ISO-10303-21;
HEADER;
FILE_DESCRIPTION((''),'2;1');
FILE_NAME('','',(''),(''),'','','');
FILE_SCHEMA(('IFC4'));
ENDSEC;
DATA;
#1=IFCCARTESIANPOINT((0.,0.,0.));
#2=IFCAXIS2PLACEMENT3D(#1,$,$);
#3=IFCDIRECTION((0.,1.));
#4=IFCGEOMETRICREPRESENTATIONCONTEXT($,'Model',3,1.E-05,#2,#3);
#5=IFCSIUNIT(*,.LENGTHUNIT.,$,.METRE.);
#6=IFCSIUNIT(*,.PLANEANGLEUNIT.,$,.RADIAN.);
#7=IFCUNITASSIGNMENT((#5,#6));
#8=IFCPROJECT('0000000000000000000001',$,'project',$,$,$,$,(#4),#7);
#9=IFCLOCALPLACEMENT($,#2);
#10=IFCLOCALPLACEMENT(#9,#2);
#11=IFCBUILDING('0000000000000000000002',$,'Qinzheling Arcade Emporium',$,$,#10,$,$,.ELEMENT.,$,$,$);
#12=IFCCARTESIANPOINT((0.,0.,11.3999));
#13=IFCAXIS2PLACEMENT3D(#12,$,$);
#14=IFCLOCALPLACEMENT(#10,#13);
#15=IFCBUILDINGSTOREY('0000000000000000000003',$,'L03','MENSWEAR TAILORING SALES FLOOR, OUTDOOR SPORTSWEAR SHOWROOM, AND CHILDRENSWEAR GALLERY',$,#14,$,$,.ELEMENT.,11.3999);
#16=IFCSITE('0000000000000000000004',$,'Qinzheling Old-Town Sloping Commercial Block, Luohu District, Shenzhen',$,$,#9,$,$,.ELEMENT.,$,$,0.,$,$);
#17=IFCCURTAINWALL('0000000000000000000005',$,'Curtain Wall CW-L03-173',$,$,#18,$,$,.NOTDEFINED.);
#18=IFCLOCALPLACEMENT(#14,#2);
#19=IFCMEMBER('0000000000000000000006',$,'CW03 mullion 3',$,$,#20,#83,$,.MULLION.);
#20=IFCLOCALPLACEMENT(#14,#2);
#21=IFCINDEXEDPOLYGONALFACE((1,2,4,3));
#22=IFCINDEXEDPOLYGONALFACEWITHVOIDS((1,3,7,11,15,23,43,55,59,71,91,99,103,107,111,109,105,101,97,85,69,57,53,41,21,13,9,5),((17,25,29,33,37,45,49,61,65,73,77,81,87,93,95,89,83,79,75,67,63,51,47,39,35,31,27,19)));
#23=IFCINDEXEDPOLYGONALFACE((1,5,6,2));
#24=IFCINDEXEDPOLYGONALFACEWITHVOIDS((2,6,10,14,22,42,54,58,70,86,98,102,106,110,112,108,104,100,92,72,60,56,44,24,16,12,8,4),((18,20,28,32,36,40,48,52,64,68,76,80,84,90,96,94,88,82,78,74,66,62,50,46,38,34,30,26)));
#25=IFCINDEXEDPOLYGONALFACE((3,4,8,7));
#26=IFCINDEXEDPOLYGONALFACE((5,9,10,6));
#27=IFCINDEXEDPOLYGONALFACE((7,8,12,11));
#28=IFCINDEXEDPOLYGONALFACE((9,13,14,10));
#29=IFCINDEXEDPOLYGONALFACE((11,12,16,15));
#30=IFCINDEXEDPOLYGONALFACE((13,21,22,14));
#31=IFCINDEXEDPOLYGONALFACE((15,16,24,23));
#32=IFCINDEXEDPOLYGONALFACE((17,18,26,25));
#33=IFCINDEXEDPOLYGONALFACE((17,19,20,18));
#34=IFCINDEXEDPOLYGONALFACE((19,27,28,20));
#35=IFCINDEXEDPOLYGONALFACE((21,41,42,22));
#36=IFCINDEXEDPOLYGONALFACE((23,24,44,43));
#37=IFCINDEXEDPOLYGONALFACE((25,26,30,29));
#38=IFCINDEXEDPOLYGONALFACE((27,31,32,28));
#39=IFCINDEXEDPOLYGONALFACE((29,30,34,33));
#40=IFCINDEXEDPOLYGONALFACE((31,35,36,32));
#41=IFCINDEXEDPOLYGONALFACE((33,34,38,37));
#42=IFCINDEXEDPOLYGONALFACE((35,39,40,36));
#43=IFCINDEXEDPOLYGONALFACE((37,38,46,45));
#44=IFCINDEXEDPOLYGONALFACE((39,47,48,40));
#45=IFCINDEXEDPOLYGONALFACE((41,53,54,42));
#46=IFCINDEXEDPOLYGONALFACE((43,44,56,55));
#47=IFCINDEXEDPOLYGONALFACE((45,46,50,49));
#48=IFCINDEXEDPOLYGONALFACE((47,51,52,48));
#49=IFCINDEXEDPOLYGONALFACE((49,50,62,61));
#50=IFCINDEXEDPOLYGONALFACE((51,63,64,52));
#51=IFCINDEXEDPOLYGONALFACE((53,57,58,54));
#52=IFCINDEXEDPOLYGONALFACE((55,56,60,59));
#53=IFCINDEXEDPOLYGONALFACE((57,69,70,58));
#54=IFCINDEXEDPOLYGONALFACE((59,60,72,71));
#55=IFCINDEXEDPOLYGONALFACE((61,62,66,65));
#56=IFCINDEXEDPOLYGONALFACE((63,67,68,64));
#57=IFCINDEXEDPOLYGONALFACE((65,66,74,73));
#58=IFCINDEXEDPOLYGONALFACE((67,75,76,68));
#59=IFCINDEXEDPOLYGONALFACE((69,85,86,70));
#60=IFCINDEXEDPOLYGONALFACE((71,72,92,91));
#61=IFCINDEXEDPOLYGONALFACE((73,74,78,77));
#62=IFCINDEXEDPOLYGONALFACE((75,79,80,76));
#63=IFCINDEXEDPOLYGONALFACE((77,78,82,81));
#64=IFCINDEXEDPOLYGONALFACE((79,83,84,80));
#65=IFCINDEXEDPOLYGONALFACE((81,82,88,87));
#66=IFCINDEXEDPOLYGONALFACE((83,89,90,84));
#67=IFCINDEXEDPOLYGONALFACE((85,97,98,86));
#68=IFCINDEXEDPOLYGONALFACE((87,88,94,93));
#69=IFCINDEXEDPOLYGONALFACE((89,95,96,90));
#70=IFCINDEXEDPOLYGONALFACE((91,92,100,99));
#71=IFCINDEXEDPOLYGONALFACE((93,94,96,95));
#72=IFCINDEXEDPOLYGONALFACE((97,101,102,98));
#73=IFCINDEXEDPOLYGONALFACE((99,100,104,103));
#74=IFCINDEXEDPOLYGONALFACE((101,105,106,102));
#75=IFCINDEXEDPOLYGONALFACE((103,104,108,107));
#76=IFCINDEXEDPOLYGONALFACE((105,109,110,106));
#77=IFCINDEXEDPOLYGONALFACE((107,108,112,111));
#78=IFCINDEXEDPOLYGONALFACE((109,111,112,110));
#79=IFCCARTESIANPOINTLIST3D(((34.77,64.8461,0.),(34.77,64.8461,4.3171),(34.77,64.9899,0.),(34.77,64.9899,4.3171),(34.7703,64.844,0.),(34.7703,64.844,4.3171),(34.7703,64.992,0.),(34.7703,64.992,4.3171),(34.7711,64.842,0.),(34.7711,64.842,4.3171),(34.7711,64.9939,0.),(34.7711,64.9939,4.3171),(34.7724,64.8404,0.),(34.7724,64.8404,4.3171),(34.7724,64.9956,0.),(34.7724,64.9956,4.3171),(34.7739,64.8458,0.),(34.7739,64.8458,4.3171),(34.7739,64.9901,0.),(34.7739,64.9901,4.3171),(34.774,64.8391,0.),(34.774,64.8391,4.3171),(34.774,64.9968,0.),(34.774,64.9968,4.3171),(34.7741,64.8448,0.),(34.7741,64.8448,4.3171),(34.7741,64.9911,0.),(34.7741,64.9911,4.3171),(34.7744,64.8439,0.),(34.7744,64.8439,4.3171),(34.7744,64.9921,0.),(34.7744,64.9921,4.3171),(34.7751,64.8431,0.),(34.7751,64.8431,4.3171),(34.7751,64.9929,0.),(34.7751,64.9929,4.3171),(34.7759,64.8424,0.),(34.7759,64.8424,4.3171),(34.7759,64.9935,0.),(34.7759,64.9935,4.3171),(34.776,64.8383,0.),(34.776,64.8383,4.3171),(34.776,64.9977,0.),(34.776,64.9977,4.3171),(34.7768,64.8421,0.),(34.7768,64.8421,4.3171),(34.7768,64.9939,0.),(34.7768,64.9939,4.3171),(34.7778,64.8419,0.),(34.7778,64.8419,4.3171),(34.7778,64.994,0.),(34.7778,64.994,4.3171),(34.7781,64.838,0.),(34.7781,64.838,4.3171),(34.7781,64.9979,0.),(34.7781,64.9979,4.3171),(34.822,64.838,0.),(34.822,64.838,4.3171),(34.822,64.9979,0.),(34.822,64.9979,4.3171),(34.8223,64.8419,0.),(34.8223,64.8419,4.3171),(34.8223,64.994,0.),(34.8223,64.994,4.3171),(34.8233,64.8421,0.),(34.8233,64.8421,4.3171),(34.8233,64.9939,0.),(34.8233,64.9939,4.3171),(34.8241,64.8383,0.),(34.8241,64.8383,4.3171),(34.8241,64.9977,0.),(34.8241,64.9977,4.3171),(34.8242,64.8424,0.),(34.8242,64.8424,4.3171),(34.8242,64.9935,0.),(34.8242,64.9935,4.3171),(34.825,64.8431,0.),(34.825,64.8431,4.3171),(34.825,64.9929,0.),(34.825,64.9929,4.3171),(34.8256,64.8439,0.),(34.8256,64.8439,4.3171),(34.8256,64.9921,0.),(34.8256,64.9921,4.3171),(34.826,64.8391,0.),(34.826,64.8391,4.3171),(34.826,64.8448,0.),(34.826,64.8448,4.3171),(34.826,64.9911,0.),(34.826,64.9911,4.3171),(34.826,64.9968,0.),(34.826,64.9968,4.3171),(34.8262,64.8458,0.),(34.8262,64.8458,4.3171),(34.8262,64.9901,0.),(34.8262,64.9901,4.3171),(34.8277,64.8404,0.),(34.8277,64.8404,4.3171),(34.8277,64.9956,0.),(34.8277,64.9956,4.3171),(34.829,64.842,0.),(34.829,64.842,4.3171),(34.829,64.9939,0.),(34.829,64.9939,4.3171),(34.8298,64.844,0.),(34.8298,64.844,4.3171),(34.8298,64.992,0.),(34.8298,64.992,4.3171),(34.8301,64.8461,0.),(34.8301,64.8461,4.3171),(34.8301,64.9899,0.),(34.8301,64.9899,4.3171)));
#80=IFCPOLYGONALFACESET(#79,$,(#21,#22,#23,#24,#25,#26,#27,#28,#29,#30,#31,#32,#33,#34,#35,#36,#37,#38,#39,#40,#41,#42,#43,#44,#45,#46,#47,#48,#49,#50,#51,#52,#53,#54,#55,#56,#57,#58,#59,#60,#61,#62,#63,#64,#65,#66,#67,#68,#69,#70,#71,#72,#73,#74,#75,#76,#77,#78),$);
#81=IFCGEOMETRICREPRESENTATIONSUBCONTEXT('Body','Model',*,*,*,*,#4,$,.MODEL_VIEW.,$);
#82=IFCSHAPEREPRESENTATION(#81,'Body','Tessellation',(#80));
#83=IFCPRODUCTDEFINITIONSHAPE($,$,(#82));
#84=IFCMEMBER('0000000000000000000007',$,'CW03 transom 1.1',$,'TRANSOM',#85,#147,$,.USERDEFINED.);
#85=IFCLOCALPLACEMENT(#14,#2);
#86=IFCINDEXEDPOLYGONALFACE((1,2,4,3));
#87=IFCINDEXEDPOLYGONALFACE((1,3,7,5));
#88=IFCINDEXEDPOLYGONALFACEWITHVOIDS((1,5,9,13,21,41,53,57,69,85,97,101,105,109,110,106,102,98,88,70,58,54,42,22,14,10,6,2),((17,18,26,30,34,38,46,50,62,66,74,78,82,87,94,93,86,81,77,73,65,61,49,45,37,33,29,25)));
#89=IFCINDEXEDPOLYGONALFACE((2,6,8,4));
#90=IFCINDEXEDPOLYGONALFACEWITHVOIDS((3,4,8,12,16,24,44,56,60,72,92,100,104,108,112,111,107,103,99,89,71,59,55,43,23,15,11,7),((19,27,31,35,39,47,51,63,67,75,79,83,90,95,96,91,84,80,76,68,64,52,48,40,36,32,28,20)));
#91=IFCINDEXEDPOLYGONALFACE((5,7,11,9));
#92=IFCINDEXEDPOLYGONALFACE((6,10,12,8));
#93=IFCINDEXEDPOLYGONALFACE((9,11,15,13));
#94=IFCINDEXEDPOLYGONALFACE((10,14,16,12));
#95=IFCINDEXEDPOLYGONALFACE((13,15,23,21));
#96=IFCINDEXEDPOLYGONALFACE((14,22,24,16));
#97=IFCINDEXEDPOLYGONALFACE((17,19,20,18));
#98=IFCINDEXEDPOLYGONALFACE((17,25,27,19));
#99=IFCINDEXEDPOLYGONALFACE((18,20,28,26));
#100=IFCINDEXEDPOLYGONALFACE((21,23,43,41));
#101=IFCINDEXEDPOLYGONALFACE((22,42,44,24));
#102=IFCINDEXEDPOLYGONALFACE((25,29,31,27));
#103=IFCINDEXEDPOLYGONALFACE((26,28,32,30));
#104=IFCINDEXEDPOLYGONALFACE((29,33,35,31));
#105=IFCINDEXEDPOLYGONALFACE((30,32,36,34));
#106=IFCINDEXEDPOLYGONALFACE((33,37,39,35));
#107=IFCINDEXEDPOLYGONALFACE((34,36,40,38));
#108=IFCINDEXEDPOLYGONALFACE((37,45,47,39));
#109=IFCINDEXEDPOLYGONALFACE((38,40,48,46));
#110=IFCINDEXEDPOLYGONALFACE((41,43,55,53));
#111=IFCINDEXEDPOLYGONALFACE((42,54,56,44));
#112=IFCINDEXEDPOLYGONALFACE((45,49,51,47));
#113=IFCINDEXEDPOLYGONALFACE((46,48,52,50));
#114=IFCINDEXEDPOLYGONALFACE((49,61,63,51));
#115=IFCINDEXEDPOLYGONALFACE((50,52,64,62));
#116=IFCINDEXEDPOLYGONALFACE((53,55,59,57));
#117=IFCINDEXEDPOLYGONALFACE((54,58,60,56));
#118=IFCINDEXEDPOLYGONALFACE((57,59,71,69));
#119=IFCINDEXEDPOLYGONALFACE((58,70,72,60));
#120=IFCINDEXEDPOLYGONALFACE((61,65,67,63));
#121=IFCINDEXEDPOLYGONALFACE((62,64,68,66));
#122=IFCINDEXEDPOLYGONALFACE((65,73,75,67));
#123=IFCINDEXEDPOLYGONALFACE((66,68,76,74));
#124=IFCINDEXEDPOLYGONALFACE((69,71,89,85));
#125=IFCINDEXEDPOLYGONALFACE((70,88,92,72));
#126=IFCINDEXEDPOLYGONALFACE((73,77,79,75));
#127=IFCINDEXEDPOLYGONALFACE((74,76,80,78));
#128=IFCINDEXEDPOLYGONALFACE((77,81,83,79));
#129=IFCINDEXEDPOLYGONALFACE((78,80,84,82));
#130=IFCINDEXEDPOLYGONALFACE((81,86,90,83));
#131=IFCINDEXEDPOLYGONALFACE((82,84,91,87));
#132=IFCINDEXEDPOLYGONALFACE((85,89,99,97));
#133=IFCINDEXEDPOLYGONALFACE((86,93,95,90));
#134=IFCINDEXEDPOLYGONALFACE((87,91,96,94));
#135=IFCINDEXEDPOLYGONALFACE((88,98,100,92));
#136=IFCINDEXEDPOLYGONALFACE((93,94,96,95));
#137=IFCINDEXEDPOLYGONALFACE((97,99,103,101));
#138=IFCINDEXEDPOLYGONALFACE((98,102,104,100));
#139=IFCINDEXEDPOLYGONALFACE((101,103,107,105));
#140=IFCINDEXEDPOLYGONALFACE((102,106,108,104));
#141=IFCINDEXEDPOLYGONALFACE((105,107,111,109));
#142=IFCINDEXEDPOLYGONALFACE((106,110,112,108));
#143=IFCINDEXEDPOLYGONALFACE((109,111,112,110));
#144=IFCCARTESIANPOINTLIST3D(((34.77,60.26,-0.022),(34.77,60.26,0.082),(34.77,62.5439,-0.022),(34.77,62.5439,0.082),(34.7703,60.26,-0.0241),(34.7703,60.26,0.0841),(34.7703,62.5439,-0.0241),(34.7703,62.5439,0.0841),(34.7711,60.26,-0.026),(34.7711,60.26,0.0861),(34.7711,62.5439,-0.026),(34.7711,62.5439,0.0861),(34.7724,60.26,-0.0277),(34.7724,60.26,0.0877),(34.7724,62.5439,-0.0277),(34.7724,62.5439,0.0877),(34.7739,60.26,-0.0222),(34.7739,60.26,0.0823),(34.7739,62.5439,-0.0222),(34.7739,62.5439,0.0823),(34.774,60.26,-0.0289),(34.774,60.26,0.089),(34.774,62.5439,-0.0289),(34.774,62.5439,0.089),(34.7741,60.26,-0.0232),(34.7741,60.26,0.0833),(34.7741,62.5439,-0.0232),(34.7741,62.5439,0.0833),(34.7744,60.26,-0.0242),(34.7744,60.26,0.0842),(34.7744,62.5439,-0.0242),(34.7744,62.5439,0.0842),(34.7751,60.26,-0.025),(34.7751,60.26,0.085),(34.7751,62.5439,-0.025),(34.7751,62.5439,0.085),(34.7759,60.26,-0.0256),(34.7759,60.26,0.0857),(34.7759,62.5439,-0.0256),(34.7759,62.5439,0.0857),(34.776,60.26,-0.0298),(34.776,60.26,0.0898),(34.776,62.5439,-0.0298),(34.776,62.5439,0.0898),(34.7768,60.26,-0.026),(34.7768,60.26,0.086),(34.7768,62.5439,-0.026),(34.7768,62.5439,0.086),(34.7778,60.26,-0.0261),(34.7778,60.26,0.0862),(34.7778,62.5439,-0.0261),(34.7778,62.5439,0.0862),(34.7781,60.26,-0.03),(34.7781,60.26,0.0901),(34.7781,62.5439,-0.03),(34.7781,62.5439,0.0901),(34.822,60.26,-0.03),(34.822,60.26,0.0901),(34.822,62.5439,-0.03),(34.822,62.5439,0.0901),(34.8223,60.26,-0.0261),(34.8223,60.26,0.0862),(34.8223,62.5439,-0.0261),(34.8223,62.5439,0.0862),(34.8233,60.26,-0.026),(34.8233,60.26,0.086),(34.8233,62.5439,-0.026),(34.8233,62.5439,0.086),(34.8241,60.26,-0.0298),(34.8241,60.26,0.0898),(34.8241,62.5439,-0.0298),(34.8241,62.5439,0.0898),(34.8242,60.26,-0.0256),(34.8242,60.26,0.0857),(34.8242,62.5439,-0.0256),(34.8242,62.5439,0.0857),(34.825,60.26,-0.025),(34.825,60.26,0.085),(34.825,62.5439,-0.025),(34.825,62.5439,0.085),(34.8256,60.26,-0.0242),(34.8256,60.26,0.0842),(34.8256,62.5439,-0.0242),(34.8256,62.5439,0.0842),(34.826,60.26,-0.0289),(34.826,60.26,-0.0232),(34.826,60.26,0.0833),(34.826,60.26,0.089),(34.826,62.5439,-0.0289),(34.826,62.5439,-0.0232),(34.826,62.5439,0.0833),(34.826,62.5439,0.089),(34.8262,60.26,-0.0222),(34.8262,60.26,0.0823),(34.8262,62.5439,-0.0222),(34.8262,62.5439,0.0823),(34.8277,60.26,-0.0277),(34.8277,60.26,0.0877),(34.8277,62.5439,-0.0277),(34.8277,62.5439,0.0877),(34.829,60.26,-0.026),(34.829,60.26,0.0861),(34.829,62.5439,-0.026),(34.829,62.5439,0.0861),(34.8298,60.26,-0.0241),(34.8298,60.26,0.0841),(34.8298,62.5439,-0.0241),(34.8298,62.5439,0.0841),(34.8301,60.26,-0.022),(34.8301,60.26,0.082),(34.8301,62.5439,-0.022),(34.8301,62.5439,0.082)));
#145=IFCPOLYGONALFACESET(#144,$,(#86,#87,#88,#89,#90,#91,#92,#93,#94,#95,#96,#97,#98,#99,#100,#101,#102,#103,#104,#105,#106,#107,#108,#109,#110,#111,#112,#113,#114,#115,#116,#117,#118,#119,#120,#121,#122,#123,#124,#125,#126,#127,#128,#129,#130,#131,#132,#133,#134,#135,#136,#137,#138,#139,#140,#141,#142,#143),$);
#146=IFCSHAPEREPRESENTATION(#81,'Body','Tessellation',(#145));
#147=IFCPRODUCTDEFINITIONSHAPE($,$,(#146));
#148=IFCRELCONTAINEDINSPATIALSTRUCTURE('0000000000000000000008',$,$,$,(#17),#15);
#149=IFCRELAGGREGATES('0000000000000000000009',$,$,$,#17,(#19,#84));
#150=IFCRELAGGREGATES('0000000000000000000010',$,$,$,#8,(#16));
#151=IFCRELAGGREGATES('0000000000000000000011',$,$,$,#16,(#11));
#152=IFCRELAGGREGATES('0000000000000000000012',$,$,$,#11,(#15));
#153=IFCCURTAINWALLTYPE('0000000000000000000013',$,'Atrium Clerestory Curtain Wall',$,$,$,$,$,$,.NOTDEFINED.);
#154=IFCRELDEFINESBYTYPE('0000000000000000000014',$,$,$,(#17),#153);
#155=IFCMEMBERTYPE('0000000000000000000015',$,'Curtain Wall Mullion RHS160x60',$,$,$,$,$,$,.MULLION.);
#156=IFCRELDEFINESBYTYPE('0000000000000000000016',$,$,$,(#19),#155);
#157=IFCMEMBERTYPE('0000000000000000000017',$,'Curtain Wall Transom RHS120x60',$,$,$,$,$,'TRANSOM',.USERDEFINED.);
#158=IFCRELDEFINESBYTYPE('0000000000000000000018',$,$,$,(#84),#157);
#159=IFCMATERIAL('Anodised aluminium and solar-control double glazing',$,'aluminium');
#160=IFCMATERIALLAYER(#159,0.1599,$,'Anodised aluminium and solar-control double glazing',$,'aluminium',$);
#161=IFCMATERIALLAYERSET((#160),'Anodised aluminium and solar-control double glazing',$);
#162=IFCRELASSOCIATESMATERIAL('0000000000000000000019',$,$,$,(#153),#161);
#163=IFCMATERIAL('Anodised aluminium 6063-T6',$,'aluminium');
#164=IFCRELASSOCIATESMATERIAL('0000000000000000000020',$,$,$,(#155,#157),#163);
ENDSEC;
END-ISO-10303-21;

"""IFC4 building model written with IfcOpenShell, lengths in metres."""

from ifc_helpers import new_model, si_unit, direction, frame, origin, origin_2d, place, context, subcontext, project, spatial, hollow_rectangle, extrude, material, layer, layer_set, material_profile, profile_set, type_object, element, aggregate, save


model = new_model("IFC4")

# Units and contexts
model_context = context("Model", 3, precision=1e-05, world=origin(), true_north=direction((0.0, 1.0)))
body_context = subcontext(model_context, "Body", "Model", "MODEL_VIEW")
ifc_project = project(units=[si_unit("LENGTHUNIT", "METRE"), si_unit("PLANEANGLEUNIT", "RADIAN")], contexts=[model_context])

# Site, building, storey
site_placement = place(None, origin())
site = spatial("IfcSite", under=ifc_project, at=site_placement, Name="Qinzheling Old-Town Sloping Commercial Block, Luohu District, Shenzhen", CompositionType="ELEMENT", RefElevation=0.0)
building_placement = place(site_placement, origin())
building = spatial("IfcBuilding", under=site, at=building_placement, Name="Qinzheling Arcade Emporium", CompositionType="ELEMENT")
storey_placement = place(building_placement, frame((0.0, 0.0, 11.3999)))
storey = spatial("IfcBuildingStorey", under=building, at=storey_placement, Name="L03", Description="MENSWEAR TAILORING SALES FLOOR, OUTDOOR SPORTSWEAR SHOWROOM, AND CHILDRENSWEAR GALLERY", CompositionType="ELEMENT", Elevation=11.3999)

# Curtain wall, members
ifc_material_1 = material(Name="Anodised aluminium and solar-control double glazing", Category="aluminium")
ifc_layer_1 = layer(ifc_material_1, 0.1599, Name="Anodised aluminium and solar-control double glazing", Category="aluminium")
ifc_layer_set_1 = layer_set([ifc_layer_1], Name="Anodised aluminium and solar-control double glazing")
curtain_wall_type = type_object("IfcCurtainWallType", Name="Atrium Clerestory Curtain Wall", PredefinedType="NOTDEFINED", material=ifc_layer_set_1)
curtain_wall_placement = place(storey_placement, origin())
curtain_wall = element("IfcCurtainWall", 1, at=curtain_wall_placement, inside=storey, type_object=curtain_wall_type, Name="Curtain Wall CW-L03-173", PredefinedType="NOTDEFINED")
ifc_material_2 = material(Name="Anodised aluminium 6063-T6", Category="aluminium")
ifc_material_profile_1 = material_profile(ifc_material_2, hollow_rectangle(XDim=0.0601, YDim=0.1599, WallThickness=0.0039, InnerFilletRadius=0.0039, OuterFilletRadius=0.0081, at=origin_2d()), Name="RHS 160x60x4", Category="aluminium")
ifc_profile_set_1 = profile_set([ifc_material_profile_1], Name="Anodised aluminium 6063-T6")
member_type_1 = type_object("IfcMemberType", Name="Curtain Wall Mullion RHS160x60", PredefinedType="MULLION", material=ifc_profile_set_1)
member_1_placement = place(storey_placement, frame((34.8, 64.918, 0.0), z_axis=(0.0, 0.0, 1.0), x_axis=(-1.0, 0.0, 0.0)))
member_1 = element("IfcMember", 2, at=member_1_placement, type_object=member_type_1, Name="CW03 mullion 3", PredefinedType="MULLION", context=body_context, shape_type="SweptSolid", body=[
    extrude(hollow_rectangle(XDim=0.0601, YDim=0.1599, WallThickness=0.0039, InnerFilletRadius=0.0039, OuterFilletRadius=0.0081, at=origin_2d()), origin(), (0.0, 0.0, 1.0), 4.3171),
])
ifc_material_profile_2 = material_profile(ifc_material_2, hollow_rectangle(XDim=0.0601, YDim=0.1201, WallThickness=0.0039, InnerFilletRadius=0.0039, OuterFilletRadius=0.0081, at=origin_2d()), Name="RHS 120x60x4", Category="aluminium")
ifc_profile_set_2 = profile_set([ifc_material_profile_2], Name="Anodised aluminium 6063-T6")
member_type_2 = type_object("IfcMemberType", Name="Curtain Wall Transom RHS120x60", ElementType="TRANSOM", PredefinedType="USERDEFINED", material=ifc_profile_set_2)
member_2_placement = place(storey_placement, frame((34.8, 60.26, 0.03), z_axis=(0.0, 1.0, 0.0), x_axis=(-1.0, 0.0, 0.0)))
member_2 = element("IfcMember", 3, at=member_2_placement, type_object=member_type_2, Name="CW03 transom 1.1", ObjectType="TRANSOM", PredefinedType="USERDEFINED", context=body_context, shape_type="SweptSolid", body=[
    extrude(hollow_rectangle(XDim=0.0601, YDim=0.1201, WallThickness=0.0039, InnerFilletRadius=0.0039, OuterFilletRadius=0.0081, at=origin_2d()), origin(), (0.0, 0.0, 1.0), 2.2839),
])
aggregate(curtain_wall, [member_1, member_2])

save(model, "model.ifc")
